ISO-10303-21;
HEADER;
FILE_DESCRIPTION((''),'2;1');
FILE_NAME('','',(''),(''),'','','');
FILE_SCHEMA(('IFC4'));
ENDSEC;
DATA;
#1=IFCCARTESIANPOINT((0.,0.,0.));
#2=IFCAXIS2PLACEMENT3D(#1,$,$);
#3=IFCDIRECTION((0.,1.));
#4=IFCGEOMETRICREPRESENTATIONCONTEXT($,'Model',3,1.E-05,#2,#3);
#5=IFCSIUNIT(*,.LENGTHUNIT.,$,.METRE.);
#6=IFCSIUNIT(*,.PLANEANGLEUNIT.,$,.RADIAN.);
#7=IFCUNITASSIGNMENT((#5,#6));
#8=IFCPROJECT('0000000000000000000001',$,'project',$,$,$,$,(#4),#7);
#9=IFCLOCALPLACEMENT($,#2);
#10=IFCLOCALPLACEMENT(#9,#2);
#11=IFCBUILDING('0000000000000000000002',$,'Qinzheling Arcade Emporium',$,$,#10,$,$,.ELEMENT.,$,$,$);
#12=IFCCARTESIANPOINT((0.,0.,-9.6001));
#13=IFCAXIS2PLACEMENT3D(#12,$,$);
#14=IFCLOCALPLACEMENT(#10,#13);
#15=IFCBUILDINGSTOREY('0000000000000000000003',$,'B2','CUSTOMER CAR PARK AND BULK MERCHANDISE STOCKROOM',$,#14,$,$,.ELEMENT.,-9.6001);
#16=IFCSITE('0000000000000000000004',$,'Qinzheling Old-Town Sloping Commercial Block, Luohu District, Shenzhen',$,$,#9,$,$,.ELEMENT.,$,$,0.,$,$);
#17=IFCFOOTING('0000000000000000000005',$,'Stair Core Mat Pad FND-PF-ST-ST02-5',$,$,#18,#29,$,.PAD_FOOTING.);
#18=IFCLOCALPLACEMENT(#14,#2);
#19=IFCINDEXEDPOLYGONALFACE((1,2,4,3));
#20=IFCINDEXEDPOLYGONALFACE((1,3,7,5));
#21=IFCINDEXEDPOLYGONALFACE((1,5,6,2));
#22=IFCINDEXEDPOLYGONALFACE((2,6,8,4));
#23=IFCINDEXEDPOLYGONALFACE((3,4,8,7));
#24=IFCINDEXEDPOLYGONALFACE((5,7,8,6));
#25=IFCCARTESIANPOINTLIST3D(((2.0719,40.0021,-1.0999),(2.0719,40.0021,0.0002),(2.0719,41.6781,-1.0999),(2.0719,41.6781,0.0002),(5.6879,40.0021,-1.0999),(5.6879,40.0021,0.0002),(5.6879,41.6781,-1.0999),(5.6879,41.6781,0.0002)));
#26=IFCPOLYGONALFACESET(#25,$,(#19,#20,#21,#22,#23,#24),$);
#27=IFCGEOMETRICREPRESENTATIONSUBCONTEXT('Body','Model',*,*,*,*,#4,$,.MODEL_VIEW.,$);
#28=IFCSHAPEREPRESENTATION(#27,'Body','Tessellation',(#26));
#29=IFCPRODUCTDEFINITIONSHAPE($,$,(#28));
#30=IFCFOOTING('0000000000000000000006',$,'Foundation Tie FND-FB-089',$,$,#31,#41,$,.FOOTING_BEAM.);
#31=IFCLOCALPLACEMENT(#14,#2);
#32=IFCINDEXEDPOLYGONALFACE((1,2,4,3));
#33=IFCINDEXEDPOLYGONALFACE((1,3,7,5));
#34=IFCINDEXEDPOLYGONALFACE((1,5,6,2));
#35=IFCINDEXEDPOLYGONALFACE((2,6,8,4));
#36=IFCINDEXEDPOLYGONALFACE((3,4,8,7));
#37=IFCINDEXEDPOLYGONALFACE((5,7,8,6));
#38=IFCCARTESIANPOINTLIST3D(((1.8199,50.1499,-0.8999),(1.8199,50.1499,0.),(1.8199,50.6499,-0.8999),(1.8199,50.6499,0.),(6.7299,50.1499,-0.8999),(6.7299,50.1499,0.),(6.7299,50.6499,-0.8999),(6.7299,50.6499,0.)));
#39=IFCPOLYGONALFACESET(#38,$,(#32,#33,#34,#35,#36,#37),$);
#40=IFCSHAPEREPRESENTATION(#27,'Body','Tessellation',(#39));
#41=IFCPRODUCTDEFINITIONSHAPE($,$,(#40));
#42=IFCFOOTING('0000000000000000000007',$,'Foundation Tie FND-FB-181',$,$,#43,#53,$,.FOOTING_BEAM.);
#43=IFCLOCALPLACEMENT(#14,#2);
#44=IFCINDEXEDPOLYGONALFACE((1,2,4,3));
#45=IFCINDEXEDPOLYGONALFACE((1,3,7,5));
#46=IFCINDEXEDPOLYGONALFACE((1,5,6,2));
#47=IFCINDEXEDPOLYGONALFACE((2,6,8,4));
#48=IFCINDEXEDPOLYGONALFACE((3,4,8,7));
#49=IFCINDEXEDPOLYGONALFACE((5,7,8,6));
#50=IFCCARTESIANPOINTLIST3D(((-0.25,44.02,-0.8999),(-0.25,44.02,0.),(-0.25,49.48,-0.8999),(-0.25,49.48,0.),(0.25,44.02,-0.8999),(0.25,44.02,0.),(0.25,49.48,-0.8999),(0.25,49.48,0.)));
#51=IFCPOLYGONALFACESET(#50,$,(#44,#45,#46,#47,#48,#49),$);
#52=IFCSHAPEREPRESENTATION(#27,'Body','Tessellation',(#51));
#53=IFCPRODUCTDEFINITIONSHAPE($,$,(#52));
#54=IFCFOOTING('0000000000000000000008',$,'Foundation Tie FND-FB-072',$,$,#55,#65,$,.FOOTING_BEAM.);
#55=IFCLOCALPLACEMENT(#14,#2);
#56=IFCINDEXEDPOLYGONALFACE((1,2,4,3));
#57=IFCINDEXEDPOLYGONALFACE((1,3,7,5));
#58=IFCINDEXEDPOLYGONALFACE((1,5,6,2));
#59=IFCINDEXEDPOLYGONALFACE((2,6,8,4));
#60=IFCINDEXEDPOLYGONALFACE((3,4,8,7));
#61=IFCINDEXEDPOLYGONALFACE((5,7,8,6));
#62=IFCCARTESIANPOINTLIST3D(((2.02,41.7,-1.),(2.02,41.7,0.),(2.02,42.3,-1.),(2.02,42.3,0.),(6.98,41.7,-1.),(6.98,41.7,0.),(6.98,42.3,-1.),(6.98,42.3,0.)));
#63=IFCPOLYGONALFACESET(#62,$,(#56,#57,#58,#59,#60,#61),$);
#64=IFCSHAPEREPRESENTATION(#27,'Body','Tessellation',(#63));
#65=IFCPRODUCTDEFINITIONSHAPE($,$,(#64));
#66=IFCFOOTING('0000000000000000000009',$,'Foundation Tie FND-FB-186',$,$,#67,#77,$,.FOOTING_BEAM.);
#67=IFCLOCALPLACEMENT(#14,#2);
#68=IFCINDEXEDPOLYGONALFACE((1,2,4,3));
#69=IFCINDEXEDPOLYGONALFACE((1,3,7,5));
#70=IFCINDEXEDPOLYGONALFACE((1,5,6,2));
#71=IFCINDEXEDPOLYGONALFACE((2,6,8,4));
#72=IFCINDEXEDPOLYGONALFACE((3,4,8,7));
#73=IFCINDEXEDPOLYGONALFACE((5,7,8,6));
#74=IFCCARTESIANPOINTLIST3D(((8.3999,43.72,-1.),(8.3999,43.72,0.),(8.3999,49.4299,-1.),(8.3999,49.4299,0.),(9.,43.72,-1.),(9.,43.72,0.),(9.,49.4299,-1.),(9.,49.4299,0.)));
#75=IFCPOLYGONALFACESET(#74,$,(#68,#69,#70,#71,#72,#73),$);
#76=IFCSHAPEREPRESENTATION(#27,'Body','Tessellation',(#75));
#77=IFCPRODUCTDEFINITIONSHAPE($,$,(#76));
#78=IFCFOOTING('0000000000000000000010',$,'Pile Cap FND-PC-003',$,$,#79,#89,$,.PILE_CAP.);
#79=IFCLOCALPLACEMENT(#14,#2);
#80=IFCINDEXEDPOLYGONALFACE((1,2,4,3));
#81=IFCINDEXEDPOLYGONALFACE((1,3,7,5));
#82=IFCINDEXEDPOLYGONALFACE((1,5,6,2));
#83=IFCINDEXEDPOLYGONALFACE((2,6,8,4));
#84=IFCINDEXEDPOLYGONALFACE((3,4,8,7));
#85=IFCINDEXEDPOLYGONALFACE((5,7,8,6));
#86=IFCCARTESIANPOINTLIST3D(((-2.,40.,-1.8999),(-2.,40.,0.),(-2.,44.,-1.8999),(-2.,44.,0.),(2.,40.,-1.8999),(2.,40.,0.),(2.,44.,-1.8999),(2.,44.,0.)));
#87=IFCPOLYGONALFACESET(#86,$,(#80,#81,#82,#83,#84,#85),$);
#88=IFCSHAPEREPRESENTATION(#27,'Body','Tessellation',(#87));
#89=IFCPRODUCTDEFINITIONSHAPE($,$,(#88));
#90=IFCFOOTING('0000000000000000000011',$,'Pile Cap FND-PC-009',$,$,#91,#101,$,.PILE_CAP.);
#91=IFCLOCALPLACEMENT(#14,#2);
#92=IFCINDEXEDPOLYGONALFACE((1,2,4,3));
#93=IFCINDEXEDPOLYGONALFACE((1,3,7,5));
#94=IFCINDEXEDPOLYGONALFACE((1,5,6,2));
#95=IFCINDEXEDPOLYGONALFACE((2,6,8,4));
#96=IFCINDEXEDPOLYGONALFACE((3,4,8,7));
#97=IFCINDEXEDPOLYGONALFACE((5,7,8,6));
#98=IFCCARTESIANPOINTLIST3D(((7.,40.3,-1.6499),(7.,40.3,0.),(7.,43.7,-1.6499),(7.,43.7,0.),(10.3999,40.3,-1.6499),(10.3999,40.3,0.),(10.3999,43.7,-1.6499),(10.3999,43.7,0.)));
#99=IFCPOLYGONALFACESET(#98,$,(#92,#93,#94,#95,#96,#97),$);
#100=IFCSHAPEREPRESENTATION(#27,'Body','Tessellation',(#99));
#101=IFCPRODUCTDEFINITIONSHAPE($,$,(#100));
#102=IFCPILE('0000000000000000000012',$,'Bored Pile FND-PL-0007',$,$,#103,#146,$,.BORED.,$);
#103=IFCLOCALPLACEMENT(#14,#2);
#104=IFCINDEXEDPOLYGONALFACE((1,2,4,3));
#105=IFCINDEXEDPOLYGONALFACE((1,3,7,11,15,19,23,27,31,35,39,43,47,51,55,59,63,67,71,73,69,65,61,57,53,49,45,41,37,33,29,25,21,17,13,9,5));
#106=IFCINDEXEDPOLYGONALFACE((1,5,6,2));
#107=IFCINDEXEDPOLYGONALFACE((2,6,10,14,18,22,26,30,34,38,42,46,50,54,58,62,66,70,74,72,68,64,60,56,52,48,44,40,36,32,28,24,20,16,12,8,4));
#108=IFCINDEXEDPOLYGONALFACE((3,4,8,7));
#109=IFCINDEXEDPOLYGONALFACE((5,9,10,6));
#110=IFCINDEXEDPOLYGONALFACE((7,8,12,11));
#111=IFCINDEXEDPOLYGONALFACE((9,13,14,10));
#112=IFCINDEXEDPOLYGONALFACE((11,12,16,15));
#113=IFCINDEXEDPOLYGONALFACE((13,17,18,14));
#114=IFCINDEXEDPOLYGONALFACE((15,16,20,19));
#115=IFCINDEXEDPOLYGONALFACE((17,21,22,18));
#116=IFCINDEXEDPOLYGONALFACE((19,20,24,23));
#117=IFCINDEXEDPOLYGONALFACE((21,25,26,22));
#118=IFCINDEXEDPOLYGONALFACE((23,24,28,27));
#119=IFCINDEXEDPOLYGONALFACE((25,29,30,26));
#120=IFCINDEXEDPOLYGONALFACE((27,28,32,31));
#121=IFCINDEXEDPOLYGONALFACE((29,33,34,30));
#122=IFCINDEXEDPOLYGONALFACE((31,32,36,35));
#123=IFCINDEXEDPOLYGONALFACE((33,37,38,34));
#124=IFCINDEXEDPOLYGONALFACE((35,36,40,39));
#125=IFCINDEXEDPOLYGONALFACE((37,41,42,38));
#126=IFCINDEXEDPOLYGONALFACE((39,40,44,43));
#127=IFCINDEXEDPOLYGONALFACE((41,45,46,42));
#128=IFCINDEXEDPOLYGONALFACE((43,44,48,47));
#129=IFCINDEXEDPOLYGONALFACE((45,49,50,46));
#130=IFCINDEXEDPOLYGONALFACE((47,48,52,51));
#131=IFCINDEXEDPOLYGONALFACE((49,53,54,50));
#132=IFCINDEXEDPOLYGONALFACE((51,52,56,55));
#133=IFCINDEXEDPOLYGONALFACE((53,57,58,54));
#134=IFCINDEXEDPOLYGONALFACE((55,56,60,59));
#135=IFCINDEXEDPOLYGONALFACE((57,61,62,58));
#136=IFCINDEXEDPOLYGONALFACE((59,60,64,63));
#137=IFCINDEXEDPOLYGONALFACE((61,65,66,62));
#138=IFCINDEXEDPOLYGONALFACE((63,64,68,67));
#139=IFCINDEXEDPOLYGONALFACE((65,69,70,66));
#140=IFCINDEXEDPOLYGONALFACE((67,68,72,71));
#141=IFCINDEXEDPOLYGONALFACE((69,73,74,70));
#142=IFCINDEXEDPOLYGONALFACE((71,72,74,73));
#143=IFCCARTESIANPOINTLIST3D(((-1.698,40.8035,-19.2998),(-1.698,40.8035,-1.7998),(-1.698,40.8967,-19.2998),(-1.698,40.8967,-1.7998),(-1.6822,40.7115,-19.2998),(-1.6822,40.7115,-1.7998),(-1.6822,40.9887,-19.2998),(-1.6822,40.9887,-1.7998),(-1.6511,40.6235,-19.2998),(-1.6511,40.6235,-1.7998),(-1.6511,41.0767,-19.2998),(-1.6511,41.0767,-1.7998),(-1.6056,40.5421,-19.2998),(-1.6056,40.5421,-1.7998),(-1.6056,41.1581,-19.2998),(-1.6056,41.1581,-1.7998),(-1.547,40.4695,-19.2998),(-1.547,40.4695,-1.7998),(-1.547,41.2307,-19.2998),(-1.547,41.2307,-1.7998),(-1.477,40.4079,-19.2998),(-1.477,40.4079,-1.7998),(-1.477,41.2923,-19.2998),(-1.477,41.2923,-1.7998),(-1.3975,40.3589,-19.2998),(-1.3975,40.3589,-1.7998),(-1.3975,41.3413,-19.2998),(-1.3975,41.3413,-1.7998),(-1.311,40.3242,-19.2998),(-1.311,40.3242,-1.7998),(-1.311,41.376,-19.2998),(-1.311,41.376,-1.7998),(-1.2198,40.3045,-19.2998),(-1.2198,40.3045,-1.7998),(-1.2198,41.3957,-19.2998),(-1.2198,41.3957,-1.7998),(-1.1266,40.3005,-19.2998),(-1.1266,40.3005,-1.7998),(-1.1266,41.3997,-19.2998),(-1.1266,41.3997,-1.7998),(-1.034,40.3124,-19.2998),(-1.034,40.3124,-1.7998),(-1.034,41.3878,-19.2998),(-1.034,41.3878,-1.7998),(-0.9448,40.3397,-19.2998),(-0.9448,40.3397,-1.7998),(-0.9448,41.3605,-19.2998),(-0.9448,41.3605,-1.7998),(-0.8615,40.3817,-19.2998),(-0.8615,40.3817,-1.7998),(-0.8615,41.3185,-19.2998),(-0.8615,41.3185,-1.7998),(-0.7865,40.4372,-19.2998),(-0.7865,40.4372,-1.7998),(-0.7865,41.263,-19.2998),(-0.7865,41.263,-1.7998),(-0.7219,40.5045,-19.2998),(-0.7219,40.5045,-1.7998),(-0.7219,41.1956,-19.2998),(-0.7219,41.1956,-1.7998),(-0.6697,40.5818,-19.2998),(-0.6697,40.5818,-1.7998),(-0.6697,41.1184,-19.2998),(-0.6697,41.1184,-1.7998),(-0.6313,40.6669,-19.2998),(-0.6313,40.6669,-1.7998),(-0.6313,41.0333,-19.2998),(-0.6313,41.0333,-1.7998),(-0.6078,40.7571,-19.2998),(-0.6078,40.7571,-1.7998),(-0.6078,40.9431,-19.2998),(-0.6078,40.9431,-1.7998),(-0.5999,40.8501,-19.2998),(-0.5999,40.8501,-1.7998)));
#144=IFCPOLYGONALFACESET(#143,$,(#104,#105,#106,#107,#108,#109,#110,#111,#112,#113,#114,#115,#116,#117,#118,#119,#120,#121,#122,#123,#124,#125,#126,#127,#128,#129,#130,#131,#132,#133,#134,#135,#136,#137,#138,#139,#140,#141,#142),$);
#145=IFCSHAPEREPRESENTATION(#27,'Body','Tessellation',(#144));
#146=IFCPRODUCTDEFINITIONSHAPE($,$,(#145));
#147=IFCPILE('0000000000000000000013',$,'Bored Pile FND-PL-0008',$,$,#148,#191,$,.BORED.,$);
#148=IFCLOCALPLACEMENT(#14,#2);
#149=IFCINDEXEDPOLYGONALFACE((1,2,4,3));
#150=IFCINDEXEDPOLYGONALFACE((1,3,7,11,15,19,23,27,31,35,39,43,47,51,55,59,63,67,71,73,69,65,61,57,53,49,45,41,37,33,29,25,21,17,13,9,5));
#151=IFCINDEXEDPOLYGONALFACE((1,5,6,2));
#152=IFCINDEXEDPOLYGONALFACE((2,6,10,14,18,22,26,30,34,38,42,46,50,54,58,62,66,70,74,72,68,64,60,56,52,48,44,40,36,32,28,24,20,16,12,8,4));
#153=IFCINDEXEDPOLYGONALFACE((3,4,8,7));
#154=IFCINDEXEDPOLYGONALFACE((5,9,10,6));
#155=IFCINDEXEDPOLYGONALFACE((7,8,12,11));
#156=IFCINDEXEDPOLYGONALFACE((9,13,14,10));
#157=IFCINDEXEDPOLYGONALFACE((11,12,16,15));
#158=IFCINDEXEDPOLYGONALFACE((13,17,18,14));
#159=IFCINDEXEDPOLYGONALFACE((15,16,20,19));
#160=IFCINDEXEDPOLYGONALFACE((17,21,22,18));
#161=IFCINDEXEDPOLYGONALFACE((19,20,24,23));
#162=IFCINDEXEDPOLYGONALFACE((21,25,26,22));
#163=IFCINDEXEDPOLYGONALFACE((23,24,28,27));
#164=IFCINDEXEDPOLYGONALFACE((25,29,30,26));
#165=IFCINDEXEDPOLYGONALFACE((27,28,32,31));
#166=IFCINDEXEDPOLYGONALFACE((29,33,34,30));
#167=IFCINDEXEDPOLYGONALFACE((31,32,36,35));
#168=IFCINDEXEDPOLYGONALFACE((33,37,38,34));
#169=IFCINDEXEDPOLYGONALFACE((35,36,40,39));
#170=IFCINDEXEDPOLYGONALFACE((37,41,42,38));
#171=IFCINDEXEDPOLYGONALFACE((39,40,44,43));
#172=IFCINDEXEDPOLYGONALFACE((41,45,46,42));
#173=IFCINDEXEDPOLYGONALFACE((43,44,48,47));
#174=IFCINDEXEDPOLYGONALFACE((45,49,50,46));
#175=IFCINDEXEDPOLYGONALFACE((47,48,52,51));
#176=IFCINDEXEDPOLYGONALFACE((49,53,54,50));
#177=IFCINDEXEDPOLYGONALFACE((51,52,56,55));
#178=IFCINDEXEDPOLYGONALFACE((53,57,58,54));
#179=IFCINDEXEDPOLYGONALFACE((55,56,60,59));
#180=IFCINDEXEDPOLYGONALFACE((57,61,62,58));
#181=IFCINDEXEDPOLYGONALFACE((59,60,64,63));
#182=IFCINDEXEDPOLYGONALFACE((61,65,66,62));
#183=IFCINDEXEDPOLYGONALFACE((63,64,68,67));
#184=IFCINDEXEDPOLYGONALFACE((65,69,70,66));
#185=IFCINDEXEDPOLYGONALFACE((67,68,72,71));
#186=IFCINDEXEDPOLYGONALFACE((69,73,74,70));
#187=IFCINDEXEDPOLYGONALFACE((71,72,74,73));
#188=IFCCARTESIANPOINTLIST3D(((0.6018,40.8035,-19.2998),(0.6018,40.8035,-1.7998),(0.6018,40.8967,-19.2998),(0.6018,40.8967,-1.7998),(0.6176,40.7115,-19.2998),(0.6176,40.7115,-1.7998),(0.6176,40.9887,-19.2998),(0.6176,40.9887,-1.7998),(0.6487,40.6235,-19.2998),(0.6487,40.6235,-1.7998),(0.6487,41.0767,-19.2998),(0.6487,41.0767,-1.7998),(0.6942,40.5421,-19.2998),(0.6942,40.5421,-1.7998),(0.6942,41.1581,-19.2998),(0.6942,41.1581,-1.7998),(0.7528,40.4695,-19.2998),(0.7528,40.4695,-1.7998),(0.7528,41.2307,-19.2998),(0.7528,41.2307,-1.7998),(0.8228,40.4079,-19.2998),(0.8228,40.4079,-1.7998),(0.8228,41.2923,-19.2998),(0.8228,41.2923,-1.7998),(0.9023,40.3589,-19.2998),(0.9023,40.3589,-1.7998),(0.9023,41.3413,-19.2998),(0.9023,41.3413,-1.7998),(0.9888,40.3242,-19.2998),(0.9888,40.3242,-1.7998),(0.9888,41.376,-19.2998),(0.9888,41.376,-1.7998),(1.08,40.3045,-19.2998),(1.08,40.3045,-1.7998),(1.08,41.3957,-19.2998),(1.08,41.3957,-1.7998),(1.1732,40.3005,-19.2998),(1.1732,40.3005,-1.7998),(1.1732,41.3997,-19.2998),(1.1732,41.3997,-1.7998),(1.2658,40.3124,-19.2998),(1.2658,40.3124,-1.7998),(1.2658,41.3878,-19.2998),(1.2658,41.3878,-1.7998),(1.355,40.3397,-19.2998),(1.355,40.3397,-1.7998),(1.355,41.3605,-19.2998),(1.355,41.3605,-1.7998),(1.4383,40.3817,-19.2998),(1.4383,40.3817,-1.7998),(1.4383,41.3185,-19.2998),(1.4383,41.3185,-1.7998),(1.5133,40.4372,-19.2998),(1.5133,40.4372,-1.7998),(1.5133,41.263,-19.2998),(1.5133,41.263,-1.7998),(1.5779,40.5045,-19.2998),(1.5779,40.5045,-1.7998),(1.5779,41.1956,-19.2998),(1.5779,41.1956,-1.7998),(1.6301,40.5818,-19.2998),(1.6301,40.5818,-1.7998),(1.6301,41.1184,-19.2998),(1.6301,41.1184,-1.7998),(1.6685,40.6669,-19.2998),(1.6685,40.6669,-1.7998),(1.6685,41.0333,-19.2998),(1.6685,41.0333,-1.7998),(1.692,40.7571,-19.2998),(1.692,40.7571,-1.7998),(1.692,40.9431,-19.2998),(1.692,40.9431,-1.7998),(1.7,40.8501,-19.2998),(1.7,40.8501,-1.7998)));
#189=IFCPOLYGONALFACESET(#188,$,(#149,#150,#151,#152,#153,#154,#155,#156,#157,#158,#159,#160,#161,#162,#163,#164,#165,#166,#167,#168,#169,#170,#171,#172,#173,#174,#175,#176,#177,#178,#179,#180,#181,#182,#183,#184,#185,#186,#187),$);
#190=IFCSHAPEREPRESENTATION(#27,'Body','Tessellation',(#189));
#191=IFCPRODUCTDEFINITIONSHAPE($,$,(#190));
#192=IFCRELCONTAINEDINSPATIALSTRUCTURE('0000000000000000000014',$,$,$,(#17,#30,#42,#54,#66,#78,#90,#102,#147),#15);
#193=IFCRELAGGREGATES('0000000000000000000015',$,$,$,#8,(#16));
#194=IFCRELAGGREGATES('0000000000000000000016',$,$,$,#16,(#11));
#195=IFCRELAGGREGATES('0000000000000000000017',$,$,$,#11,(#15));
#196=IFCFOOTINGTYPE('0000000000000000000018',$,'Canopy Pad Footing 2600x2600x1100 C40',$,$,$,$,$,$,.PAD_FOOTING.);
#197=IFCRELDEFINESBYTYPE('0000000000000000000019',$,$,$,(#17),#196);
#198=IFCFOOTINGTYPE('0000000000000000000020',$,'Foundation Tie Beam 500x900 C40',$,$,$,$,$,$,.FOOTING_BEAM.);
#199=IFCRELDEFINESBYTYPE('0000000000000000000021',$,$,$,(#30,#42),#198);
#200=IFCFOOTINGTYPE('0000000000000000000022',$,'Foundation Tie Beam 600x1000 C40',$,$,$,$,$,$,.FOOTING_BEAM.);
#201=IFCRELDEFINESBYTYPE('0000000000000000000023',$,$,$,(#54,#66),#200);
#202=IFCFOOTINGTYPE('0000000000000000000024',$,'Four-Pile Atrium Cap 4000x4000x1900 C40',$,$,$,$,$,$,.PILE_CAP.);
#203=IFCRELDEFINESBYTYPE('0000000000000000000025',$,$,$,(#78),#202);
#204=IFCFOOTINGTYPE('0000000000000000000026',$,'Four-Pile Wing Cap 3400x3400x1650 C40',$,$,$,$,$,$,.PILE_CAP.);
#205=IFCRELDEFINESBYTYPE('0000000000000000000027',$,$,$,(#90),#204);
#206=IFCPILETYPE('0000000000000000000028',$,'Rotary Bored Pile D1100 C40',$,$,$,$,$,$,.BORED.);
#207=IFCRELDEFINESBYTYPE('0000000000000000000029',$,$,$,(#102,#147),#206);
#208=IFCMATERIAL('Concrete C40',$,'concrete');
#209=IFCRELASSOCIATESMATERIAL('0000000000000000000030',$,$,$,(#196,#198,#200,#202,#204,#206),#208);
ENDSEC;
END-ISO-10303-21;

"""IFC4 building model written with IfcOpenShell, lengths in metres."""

from ifc_helpers import new_model, si_unit, direction, frame, origin, origin_2d, place, context, subcontext, project, spatial, rectangle, circle, extrude, material, material_profile, profile_set, type_object, element, save


model = new_model("IFC4")

# Units and contexts
model_context = context("Model", 3, precision=1e-05, world=origin(), true_north=direction((0.0, 1.0)))
body_context = subcontext(model_context, "Body", "Model", "MODEL_VIEW")
ifc_project = project(units=[si_unit("LENGTHUNIT", "METRE"), si_unit("PLANEANGLEUNIT", "RADIAN")], contexts=[model_context])

# Site, building, storey
site_placement = place(None, origin())
site = spatial("IfcSite", under=ifc_project, at=site_placement, Name="Qinzheling Old-Town Sloping Commercial Block, Luohu District, Shenzhen", CompositionType="ELEMENT", RefElevation=0.0)
building_placement = place(site_placement, origin())
building = spatial("IfcBuilding", under=site, at=building_placement, Name="Qinzheling Arcade Emporium", CompositionType="ELEMENT")
storey_placement = place(building_placement, frame((0.0, 0.0, -9.6001)))
storey = spatial("IfcBuildingStorey", under=building, at=storey_placement, Name="B2", Description="CUSTOMER CAR PARK AND BULK MERCHANDISE STOCKROOM", CompositionType="ELEMENT", Elevation=-9.6001)

# Footings
ifc_material_1 = material(Name="Concrete C40", Category="concrete")
footing_type_1 = type_object("IfcFootingType", Name="Canopy Pad Footing 2600x2600x1100 C40", PredefinedType="PAD_FOOTING", material=ifc_material_1)
footing_1_placement = place(storey_placement, frame((3.8799, 40.8401, -1.0999), z_axis=(0.0, 0.0, 1.0), x_axis=(1.0, 0.0, 0.0)))
element("IfcFooting", 1, at=footing_1_placement, inside=storey, type_object=footing_type_1, Name="Stair Core Mat Pad FND-PF-ST-ST02-5", PredefinedType="PAD_FOOTING", context=body_context, shape_type="SweptSolid", body=[
    extrude(rectangle(XDim=3.616, YDim=1.676, at=origin_2d()), origin(), (0.0, 0.0, 1.0), 1.1001),
])
footing_type_2 = type_object("IfcFootingType", Name="Foundation Tie Beam 500x900 C40", PredefinedType="FOOTING_BEAM", material=ifc_material_1)
footing_2_placement = place(storey_placement, frame((4.2749, 50.3999, -0.8999), z_axis=(0.0, 0.0, 1.0), x_axis=(1.0, 0.0, 0.0)))
element("IfcFooting", 2, at=footing_2_placement, inside=storey, type_object=footing_type_2, Name="Foundation Tie FND-FB-089", PredefinedType="FOOTING_BEAM", context=body_context, shape_type="SweptSolid", body=[
    extrude(rectangle(XDim=4.9099, YDim=0.5, at=origin_2d()), origin(), (0.0, 0.0, 1.0), 0.8999),
])
footing_3_placement = place(storey_placement, frame((0.0, 46.75, -0.8999), z_axis=(0.0, 0.0, 1.0), x_axis=(1.0, 0.0, 0.0)))
element("IfcFooting", 3, at=footing_3_placement, inside=storey, type_object=footing_type_2, Name="Foundation Tie FND-FB-181", PredefinedType="FOOTING_BEAM", context=body_context, shape_type="SweptSolid", body=[
    extrude(rectangle(XDim=0.5, YDim=5.46, at=origin_2d()), origin(), (0.0, 0.0, 1.0), 0.8999),
])
footing_type_3 = type_object("IfcFootingType", Name="Foundation Tie Beam 600x1000 C40", PredefinedType="FOOTING_BEAM", material=ifc_material_1)
footing_4_placement = place(storey_placement, frame((4.5, 42.0, -1.0), z_axis=(0.0, 0.0, 1.0), x_axis=(1.0, 0.0, 0.0)))
element("IfcFooting", 4, at=footing_4_placement, inside=storey, type_object=footing_type_3, Name="Foundation Tie FND-FB-072", PredefinedType="FOOTING_BEAM", context=body_context, shape_type="SweptSolid", body=[
    extrude(rectangle(XDim=4.96, YDim=0.6001, at=origin_2d()), origin(), (0.0, 0.0, 1.0), 1.0),
])
footing_5_placement = place(storey_placement, frame((8.7, 46.575, -1.0), z_axis=(0.0, 0.0, 1.0), x_axis=(1.0, 0.0, 0.0)))
element("IfcFooting", 5, at=footing_5_placement, inside=storey, type_object=footing_type_3, Name="Foundation Tie FND-FB-186", PredefinedType="FOOTING_BEAM", context=body_context, shape_type="SweptSolid", body=[
    extrude(rectangle(XDim=0.6001, YDim=5.71, at=origin_2d()), origin(), (0.0, 0.0, 1.0), 1.0),
])
footing_type_4 = type_object("IfcFootingType", Name="Four-Pile Atrium Cap 4000x4000x1900 C40", PredefinedType="PILE_CAP", material=ifc_material_1)
footing_6_placement = place(storey_placement, frame((0.0, 42.0, -1.8999), z_axis=(0.0, 0.0, 1.0), x_axis=(1.0, 0.0, 0.0)))
element("IfcFooting", 6, at=footing_6_placement, inside=storey, type_object=footing_type_4, Name="Pile Cap FND-PC-003", PredefinedType="PILE_CAP", context=body_context, shape_type="SweptSolid", body=[
    extrude(rectangle(XDim=4.0, YDim=4.0, at=origin_2d()), origin(), (0.0, 0.0, 1.0), 1.8999),
])
footing_type_5 = type_object("IfcFootingType", Name="Four-Pile Wing Cap 3400x3400x1650 C40", PredefinedType="PILE_CAP", material=ifc_material_1)
footing_7_placement = place(storey_placement, frame((8.7, 42.0, -1.6499), z_axis=(0.0, 0.0, 1.0), x_axis=(1.0, 0.0, 0.0)))
element("IfcFooting", 7, at=footing_7_placement, inside=storey, type_object=footing_type_5, Name="Pile Cap FND-PC-009", PredefinedType="PILE_CAP", context=body_context, shape_type="SweptSolid", body=[
    extrude(rectangle(XDim=3.3999, YDim=3.3999, at=origin_2d()), origin(), (0.0, 0.0, 1.0), 1.6499),
])

# Piles
ifc_material_profile_1 = material_profile(ifc_material_1, circle(Radius=0.55, at=origin_2d()), Name="BORED D1100", Category="concrete")
ifc_profile_set_1 = profile_set([ifc_material_profile_1], Name="Concrete C40")
pile_type_1 = type_object("IfcPileType", Name="Rotary Bored Pile D1100 C40", PredefinedType="BORED", material=ifc_profile_set_1)
for number, where, z_axis, x_axis, name in (
    (8, (-1.1499, 40.8501, -1.7998), (0.0, 0.0, -1.0), (1.0, 0.0, 0.0), "Bored Pile FND-PL-0007"),
    (9, (1.1499, 40.8501, -1.7998), (0.0, 0.0, -1.0), (1.0, 0.0, 0.0), "Bored Pile FND-PL-0008"),
):
    element("IfcPile", number, at=place(storey_placement, frame(where, z_axis=z_axis, x_axis=x_axis)), inside=storey, type_object=pile_type_1, Name=name, PredefinedType="BORED", context=body_context, shape_type="SweptSolid", body=[
        extrude(circle(Radius=0.55, at=origin_2d()), origin(), (0.0, 0.0, 1.0), 17.5),
    ])

save(model, "model.ifc")
